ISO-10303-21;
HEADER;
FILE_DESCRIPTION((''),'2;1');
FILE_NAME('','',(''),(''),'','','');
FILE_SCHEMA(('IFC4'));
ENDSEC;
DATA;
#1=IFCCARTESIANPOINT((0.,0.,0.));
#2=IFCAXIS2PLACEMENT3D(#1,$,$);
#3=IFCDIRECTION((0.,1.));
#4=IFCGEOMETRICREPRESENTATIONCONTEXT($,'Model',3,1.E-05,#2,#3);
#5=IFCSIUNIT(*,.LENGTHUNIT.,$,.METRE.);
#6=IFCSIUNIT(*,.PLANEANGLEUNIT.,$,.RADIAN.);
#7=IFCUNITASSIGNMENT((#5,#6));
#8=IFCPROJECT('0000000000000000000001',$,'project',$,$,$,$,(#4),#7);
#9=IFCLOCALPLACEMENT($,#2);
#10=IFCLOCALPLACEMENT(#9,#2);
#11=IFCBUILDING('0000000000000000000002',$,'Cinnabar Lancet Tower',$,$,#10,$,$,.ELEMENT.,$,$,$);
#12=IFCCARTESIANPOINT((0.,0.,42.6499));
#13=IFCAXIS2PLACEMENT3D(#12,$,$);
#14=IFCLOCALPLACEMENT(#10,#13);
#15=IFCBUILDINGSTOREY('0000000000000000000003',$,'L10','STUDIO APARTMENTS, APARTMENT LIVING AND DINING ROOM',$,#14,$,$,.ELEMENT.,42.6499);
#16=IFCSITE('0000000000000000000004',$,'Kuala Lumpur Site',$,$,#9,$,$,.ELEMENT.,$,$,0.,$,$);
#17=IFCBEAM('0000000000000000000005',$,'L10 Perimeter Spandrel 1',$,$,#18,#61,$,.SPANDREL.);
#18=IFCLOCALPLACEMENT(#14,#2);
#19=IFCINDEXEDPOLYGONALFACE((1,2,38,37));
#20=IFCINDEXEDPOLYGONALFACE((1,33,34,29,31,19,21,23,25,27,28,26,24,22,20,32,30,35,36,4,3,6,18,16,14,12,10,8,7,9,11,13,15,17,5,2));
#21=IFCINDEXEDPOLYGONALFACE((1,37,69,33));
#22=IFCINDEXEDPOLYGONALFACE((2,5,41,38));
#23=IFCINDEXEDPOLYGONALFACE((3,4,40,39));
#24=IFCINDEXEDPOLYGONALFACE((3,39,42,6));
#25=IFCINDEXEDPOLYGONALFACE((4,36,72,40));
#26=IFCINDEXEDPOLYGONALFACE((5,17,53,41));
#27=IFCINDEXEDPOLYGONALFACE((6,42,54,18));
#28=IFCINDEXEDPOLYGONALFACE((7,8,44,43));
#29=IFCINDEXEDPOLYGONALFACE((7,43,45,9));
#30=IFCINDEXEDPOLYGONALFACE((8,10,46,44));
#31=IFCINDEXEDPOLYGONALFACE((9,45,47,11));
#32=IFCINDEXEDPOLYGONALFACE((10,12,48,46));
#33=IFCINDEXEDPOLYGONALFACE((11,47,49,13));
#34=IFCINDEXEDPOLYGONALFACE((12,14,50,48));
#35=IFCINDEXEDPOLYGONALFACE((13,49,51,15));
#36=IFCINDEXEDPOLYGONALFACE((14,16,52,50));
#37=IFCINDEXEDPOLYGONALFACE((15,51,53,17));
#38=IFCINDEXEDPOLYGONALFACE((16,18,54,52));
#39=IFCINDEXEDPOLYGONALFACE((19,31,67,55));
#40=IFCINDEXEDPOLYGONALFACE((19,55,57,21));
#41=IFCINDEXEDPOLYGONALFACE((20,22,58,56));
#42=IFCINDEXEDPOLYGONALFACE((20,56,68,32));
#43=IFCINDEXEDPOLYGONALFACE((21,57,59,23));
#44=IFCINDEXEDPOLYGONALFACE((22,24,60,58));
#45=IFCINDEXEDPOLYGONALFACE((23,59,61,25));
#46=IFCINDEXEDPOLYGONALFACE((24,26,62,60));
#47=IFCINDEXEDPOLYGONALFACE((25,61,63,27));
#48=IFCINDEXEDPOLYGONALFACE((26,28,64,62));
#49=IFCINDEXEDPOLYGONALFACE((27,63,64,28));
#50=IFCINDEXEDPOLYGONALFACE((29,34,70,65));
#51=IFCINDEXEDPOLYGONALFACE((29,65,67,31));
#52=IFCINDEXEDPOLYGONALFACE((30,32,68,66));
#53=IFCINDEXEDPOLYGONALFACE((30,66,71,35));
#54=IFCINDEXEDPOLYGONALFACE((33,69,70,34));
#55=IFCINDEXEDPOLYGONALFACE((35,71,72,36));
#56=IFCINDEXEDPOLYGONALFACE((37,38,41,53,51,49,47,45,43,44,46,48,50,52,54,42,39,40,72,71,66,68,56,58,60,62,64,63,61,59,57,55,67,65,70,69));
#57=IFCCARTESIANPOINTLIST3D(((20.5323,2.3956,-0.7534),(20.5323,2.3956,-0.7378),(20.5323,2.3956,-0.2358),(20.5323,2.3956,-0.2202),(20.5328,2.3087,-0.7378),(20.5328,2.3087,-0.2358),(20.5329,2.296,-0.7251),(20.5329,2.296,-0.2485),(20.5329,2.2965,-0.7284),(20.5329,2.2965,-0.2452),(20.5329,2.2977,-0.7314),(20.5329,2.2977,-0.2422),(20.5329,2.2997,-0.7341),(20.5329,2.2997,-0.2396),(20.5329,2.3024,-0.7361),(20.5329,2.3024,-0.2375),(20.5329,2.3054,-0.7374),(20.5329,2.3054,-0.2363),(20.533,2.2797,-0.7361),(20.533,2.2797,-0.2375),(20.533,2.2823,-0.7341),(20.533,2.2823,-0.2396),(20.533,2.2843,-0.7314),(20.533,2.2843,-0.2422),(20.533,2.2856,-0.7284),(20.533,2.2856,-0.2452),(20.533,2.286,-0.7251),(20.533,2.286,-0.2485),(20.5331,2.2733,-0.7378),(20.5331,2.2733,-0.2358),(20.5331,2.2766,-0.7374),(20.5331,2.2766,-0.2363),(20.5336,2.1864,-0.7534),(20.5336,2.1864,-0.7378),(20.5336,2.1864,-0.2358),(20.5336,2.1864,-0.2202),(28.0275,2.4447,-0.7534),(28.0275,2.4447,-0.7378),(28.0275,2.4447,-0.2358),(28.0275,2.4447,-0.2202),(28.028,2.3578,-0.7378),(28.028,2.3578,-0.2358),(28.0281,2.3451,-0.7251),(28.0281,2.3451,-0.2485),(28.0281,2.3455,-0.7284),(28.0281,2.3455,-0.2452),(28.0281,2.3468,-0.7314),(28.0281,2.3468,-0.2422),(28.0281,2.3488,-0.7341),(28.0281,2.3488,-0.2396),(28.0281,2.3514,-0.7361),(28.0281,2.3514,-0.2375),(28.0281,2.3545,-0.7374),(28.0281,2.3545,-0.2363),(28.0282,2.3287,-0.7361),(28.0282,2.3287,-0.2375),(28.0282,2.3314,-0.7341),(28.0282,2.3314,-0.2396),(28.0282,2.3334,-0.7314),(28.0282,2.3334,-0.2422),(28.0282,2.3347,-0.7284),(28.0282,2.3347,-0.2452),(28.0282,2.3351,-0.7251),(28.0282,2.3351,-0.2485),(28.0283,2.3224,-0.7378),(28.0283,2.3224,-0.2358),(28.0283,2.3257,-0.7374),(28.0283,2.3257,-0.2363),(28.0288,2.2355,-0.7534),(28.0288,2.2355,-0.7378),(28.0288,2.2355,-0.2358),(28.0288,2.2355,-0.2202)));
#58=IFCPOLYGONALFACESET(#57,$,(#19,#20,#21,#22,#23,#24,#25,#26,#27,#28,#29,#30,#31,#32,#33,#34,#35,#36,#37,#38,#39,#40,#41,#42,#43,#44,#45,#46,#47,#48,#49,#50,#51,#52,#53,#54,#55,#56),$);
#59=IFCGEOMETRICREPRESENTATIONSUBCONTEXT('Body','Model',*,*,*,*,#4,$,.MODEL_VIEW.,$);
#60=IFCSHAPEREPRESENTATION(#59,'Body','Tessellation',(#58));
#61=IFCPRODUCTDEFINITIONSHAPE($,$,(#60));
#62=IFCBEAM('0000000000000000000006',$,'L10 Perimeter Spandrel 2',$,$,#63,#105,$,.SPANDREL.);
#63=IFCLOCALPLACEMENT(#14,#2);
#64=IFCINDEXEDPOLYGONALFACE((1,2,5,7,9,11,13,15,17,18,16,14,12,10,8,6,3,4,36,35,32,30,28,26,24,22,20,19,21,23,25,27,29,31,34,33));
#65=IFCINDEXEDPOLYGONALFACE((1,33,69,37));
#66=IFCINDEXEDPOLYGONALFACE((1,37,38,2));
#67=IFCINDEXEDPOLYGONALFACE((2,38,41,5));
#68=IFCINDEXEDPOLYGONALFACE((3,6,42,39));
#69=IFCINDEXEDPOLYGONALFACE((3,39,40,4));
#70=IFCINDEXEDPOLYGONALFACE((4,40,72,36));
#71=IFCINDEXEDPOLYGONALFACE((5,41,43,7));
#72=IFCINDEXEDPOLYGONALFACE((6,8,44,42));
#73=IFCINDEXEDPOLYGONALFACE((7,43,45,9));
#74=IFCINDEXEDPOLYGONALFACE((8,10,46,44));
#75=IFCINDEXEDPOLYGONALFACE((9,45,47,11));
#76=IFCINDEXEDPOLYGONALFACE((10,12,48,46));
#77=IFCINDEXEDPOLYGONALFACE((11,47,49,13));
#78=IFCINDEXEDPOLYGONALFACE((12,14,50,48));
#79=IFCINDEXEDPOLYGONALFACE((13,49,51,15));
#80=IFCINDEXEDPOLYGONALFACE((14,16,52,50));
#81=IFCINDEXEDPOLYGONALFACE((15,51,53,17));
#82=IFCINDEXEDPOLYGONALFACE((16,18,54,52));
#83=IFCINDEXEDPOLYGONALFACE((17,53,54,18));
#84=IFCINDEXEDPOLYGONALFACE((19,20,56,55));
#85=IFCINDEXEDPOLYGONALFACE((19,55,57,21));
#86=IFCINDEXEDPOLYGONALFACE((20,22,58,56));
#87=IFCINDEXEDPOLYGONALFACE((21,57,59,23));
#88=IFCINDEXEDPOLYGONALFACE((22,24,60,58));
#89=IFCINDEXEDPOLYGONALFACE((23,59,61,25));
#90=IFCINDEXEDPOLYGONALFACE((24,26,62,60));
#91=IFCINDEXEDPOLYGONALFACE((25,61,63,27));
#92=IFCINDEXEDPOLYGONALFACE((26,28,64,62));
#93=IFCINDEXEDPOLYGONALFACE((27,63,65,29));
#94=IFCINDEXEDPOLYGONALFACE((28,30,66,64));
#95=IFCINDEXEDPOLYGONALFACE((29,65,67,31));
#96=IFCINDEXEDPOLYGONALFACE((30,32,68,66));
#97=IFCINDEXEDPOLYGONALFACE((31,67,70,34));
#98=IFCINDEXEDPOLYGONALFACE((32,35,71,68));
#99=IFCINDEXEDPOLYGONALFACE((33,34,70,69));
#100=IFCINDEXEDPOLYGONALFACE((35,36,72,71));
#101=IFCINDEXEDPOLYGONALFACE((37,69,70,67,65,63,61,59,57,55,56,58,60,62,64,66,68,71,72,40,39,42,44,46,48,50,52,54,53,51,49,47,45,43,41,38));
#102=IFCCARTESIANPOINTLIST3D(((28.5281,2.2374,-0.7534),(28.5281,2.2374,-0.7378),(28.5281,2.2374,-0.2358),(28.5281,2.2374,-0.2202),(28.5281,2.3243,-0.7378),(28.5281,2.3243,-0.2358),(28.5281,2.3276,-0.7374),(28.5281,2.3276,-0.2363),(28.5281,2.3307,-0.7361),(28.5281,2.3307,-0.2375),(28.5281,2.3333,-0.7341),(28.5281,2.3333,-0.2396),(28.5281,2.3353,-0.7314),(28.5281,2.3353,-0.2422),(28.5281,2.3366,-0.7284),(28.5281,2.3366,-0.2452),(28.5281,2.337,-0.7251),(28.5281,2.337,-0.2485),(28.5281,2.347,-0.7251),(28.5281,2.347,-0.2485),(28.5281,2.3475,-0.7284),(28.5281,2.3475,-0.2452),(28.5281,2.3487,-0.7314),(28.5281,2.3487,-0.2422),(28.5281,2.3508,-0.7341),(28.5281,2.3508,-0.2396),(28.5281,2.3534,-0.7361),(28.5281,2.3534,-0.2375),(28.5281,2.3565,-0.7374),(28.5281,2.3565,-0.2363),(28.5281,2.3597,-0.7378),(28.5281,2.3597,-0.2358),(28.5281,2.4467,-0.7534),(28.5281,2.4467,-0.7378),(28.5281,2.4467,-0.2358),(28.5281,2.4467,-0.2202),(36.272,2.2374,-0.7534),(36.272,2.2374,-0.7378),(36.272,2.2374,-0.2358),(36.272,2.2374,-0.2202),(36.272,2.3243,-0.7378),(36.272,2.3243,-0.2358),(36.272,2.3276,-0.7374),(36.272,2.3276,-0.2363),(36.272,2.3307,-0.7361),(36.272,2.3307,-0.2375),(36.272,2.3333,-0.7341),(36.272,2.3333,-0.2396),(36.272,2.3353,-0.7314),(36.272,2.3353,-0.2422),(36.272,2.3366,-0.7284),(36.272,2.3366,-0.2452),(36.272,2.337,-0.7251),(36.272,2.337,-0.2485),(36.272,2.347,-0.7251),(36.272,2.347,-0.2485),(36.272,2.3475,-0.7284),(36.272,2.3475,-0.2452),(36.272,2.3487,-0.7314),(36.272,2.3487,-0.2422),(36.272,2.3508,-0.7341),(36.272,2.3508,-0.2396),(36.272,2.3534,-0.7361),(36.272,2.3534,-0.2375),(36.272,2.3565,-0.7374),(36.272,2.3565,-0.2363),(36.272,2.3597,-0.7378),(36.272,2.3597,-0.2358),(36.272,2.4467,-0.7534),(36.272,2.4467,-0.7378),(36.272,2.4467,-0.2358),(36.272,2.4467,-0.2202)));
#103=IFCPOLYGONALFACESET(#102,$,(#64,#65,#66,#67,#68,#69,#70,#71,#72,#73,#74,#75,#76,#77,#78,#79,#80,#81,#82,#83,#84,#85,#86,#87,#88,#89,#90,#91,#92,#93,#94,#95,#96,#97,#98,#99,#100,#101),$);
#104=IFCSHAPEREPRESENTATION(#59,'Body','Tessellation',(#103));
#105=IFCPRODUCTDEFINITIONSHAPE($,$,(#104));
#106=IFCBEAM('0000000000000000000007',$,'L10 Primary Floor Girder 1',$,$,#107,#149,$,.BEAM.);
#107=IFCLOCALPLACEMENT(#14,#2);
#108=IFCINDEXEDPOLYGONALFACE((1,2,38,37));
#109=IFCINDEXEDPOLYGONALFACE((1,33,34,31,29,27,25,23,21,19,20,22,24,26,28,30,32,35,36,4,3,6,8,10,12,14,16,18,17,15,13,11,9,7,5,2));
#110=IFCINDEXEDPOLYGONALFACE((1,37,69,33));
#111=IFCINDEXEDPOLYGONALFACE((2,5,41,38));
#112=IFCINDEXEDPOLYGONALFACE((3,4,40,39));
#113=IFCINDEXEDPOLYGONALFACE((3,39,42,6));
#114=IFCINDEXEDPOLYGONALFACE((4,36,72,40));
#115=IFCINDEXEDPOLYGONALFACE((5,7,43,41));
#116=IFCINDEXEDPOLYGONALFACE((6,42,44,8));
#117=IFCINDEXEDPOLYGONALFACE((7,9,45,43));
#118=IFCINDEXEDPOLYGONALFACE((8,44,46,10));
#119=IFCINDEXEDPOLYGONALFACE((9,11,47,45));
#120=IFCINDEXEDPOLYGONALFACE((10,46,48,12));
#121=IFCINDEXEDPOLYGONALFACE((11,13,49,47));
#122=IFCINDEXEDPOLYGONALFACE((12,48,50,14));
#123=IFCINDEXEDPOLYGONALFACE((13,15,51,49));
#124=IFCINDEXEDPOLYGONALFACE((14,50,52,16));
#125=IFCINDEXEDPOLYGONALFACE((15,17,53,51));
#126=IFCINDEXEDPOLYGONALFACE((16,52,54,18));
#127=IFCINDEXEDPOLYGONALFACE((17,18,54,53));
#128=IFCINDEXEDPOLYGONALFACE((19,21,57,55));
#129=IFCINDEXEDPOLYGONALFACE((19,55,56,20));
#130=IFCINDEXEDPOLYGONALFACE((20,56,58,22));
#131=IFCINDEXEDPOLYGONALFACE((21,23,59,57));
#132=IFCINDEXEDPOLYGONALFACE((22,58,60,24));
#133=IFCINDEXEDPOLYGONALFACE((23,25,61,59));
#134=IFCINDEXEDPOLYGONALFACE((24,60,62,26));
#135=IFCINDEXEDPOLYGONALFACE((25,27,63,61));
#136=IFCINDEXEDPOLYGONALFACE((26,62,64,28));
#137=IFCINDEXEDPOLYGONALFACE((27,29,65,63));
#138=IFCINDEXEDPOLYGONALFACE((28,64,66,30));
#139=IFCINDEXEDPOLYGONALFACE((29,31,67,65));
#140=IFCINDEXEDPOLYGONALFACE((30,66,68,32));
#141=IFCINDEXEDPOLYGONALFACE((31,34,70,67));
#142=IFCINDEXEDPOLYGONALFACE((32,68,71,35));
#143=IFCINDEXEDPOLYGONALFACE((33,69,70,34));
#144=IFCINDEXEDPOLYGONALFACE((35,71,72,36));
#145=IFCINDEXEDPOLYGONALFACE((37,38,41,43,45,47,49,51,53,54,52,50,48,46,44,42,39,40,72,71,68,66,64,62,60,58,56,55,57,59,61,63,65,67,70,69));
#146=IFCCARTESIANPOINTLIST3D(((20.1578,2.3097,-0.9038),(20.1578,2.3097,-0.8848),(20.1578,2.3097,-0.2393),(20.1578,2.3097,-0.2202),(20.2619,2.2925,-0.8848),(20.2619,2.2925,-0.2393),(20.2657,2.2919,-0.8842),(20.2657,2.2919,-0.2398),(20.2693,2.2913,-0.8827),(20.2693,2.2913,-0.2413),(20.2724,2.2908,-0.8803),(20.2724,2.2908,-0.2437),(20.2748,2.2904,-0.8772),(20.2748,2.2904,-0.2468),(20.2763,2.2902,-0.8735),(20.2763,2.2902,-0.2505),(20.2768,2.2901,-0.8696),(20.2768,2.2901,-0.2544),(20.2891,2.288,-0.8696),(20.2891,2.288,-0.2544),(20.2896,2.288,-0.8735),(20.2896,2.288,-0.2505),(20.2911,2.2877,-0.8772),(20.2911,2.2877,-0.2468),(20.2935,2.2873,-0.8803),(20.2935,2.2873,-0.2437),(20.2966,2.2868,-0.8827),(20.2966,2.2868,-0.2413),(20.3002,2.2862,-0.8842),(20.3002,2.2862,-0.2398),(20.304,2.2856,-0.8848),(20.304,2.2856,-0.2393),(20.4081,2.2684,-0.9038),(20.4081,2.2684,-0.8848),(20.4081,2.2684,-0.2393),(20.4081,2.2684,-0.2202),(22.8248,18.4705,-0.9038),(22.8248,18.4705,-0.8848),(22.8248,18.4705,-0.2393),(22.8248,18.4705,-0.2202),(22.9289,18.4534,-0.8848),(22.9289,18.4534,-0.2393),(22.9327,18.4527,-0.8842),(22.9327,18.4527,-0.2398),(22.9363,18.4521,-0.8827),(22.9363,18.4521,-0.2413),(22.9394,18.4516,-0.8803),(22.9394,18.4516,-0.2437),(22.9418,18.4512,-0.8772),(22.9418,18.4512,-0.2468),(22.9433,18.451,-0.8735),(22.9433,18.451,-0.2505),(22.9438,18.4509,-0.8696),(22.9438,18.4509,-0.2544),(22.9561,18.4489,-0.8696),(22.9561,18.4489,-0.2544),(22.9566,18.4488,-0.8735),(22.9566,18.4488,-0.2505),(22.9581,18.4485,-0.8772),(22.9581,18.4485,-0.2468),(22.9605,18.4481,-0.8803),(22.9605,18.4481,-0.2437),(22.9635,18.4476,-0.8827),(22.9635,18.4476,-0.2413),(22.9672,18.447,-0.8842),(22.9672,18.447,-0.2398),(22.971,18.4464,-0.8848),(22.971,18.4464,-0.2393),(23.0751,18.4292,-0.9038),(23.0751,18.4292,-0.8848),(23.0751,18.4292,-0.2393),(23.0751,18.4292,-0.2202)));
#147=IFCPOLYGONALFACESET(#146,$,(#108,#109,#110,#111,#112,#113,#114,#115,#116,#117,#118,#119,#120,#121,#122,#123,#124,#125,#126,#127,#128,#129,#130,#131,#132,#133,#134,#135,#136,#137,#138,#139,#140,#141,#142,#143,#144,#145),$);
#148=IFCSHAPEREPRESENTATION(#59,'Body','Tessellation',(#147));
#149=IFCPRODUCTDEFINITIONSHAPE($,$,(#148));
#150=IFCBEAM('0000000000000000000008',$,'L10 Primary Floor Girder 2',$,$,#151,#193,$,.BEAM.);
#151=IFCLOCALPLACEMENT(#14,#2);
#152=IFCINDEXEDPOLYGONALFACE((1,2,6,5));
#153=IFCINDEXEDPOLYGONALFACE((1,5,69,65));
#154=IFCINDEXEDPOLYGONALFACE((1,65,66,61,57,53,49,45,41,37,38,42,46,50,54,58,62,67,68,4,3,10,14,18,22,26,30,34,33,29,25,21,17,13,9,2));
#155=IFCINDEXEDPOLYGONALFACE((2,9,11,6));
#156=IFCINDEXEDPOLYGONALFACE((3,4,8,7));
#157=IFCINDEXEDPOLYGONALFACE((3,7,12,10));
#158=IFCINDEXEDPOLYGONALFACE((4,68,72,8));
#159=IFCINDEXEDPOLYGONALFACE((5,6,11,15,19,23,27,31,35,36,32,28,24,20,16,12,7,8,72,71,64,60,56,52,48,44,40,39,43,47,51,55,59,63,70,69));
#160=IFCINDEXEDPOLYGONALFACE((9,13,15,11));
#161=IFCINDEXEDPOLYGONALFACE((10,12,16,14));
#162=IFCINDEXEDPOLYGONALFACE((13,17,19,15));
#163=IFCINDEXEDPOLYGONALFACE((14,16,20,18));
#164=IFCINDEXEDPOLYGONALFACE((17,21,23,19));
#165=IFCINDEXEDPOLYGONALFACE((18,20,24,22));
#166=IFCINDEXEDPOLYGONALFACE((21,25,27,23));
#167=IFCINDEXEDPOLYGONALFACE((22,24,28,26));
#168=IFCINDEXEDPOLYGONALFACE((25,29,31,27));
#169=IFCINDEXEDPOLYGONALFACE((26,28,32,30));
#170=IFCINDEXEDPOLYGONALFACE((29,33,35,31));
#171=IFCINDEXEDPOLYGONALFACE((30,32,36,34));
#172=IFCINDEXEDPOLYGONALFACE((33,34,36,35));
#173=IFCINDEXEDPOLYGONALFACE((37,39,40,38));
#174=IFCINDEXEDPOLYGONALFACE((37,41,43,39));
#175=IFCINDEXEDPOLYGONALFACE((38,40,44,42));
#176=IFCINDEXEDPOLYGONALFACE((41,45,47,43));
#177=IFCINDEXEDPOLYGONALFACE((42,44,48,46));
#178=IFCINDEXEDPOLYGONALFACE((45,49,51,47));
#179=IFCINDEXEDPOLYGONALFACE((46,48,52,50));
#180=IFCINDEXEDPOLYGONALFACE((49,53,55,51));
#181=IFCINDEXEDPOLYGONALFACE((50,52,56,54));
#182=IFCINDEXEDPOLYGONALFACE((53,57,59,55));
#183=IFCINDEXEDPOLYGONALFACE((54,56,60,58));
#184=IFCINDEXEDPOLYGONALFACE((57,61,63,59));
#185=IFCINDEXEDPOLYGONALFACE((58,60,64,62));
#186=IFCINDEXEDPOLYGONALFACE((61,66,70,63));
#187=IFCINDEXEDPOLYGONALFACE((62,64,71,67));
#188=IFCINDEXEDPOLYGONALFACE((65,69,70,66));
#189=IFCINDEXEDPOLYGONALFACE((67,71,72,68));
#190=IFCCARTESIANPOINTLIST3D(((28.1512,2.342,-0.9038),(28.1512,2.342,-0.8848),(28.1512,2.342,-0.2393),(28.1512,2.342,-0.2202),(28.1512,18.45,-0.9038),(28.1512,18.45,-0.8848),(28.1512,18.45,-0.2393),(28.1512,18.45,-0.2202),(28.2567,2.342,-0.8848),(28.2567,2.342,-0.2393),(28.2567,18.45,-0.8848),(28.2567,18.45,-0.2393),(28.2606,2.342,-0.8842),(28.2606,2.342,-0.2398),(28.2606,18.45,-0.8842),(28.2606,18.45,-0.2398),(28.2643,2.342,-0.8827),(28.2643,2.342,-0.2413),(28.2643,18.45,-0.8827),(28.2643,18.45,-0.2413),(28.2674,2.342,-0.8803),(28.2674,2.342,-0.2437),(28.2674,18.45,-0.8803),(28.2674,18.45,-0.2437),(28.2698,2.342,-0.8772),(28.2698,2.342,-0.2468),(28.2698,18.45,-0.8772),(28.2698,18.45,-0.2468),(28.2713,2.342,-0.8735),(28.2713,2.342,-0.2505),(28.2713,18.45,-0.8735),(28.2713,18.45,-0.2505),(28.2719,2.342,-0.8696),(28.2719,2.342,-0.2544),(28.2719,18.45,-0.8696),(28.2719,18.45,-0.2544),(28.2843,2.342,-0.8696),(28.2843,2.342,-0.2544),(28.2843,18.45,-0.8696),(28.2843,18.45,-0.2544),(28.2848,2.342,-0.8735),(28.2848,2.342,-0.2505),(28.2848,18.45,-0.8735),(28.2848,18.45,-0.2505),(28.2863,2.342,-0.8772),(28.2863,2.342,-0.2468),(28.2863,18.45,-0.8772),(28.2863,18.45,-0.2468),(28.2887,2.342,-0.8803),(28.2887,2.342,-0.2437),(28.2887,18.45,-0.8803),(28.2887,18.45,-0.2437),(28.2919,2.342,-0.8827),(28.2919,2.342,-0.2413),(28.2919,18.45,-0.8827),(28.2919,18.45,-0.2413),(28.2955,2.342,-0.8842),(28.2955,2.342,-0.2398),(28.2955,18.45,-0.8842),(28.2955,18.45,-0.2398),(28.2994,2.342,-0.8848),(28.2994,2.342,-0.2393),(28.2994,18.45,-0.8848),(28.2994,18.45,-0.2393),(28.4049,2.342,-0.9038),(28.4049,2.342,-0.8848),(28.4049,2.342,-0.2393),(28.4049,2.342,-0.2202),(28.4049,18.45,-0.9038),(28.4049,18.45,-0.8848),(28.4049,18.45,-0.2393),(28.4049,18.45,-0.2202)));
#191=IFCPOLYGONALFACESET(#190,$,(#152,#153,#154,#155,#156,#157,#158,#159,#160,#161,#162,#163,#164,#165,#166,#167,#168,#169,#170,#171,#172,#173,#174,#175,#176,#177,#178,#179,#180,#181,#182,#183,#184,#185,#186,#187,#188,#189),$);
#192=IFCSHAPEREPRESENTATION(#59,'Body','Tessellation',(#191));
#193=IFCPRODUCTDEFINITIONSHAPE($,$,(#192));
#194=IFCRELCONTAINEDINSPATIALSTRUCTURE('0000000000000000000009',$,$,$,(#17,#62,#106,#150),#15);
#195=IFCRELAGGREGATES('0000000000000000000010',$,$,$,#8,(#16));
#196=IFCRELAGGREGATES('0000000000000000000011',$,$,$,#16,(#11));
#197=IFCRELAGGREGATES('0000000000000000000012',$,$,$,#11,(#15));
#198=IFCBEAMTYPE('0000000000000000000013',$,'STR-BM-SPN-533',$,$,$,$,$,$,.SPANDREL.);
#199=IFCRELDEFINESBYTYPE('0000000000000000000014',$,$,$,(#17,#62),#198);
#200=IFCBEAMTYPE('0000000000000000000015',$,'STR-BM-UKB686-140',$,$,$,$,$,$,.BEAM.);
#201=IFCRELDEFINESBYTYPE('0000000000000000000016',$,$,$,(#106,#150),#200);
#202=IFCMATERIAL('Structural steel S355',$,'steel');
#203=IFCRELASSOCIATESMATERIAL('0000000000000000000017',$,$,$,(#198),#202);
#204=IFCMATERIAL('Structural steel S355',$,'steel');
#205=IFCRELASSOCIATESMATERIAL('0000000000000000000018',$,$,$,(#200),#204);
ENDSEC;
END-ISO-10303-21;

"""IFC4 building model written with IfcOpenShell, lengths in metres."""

from ifc_helpers import new_model, si_unit, direction, frame, origin, origin_2d, place, context, subcontext, project, spatial, i_section, extrude, material, material_profile, profile_set, type_object, element, save


model = new_model("IFC4")

# Units and contexts
model_context = context("Model", 3, precision=1e-05, world=origin(), true_north=direction((0.0, 1.0)))
body_context = subcontext(model_context, "Body", "Model", "MODEL_VIEW")
ifc_project = project(units=[si_unit("LENGTHUNIT", "METRE"), si_unit("PLANEANGLEUNIT", "RADIAN")], contexts=[model_context])

# Site, building, storey
site_placement = place(None, origin())
site = spatial("IfcSite", under=ifc_project, at=site_placement, Name="Kuala Lumpur Site", CompositionType="ELEMENT", RefElevation=0.0)
building_placement = place(site_placement, origin())
building = spatial("IfcBuilding", under=site, at=building_placement, Name="Cinnabar Lancet Tower", CompositionType="ELEMENT")
storey_placement = place(building_placement, frame((0.0, 0.0, 42.6499)))
storey = spatial("IfcBuildingStorey", under=building, at=storey_placement, Name="L10", Description="STUDIO APARTMENTS, APARTMENT LIVING AND DINING ROOM", CompositionType="ELEMENT", Elevation=42.6499)

# Beams
ifc_material_1 = material(Name="Structural steel S355", Category="steel")
ifc_material_profile_1 = material_profile(ifc_material_1, i_section(OverallWidth=0.2092, OverallDepth=0.5332, WebThickness=0.01, FlangeThickness=0.0156, FilletRadius=0.0127, at=origin_2d()), Name="UKB 533x210x92")
ifc_profile_set_1 = profile_set([ifc_material_profile_1], Name="Structural steel S355")
beam_type_1 = type_object("IfcBeamType", Name="STR-BM-SPN-533", PredefinedType="SPANDREL", material=ifc_profile_set_1)
beam_1_placement = place(storey_placement, frame((20.533, 2.291, -0.4868), z_axis=(0.999979, 0.006547, 0.0), x_axis=(-0.006547, 0.999979, 0.0)))
element("IfcBeam", 1, at=beam_1_placement, inside=storey, type_object=beam_type_1, Name="L10 Perimeter Spandrel 1", PredefinedType="SPANDREL", context=body_context, shape_type="SweptSolid", body=[
    extrude(i_section(OverallWidth=0.2092, OverallDepth=0.5332, WebThickness=0.01, FlangeThickness=0.0156, FilletRadius=0.0127, at=origin_2d()), origin(), (0.0, 0.0, 1.0), 7.4954),
])
beam_2_placement = place(storey_placement, frame((28.5281, 2.342, -0.4868), z_axis=(1.0, 0.0, 0.0), x_axis=(0.0, 1.0, 0.0)))
element("IfcBeam", 2, at=beam_2_placement, inside=storey, type_object=beam_type_1, Name="L10 Perimeter Spandrel 2", PredefinedType="SPANDREL", context=body_context, shape_type="SweptSolid", body=[
    extrude(i_section(OverallWidth=0.2092, OverallDepth=0.5332, WebThickness=0.01, FlangeThickness=0.0156, FilletRadius=0.0127, at=origin_2d()), origin(), (0.0, 0.0, 1.0), 7.7439),
])
ifc_material_2 = material(Name="Structural steel S355", Category="steel")
ifc_material_profile_2 = material_profile(ifc_material_2, i_section(OverallWidth=0.2537, OverallDepth=0.6836, WebThickness=0.0125, FlangeThickness=0.019, FilletRadius=0.0151, at=origin_2d()), Name="UKB 686x254x140")
ifc_profile_set_2 = profile_set([ifc_material_profile_2], Name="Structural steel S355")
beam_type_2 = type_object("IfcBeamType", Name="STR-BM-UKB686-140", PredefinedType="BEAM", material=ifc_profile_set_2)
beam_3_placement = place(storey_placement, frame((20.283, 2.2891, -0.562), z_axis=(0.162825, 0.986655, 0.0), x_axis=(-0.986655, 0.162825, 0.0)))
element("IfcBeam", 3, at=beam_3_placement, inside=storey, type_object=beam_type_2, Name="L10 Primary Floor Girder 1", PredefinedType="BEAM", context=body_context, shape_type="SweptSolid", body=[
    extrude(i_section(OverallWidth=0.2537, OverallDepth=0.6836, WebThickness=0.0125, FlangeThickness=0.019, FilletRadius=0.0151, at=origin_2d()), origin(), (0.0, 0.0, 1.0), 16.3794),
])
beam_4_placement = place(storey_placement, frame((28.2781, 2.342, -0.562), z_axis=(0.0, 1.0, 0.0), x_axis=(-1.0, 0.0, 0.0)))
element("IfcBeam", 4, at=beam_4_placement, inside=storey, type_object=beam_type_2, Name="L10 Primary Floor Girder 2", PredefinedType="BEAM", context=body_context, shape_type="SweptSolid", body=[
    extrude(i_section(OverallWidth=0.2537, OverallDepth=0.6836, WebThickness=0.0125, FlangeThickness=0.019, FilletRadius=0.0151, at=origin_2d()), origin(), (0.0, 0.0, 1.0), 16.1079),
])

save(model, "model.ifc")
